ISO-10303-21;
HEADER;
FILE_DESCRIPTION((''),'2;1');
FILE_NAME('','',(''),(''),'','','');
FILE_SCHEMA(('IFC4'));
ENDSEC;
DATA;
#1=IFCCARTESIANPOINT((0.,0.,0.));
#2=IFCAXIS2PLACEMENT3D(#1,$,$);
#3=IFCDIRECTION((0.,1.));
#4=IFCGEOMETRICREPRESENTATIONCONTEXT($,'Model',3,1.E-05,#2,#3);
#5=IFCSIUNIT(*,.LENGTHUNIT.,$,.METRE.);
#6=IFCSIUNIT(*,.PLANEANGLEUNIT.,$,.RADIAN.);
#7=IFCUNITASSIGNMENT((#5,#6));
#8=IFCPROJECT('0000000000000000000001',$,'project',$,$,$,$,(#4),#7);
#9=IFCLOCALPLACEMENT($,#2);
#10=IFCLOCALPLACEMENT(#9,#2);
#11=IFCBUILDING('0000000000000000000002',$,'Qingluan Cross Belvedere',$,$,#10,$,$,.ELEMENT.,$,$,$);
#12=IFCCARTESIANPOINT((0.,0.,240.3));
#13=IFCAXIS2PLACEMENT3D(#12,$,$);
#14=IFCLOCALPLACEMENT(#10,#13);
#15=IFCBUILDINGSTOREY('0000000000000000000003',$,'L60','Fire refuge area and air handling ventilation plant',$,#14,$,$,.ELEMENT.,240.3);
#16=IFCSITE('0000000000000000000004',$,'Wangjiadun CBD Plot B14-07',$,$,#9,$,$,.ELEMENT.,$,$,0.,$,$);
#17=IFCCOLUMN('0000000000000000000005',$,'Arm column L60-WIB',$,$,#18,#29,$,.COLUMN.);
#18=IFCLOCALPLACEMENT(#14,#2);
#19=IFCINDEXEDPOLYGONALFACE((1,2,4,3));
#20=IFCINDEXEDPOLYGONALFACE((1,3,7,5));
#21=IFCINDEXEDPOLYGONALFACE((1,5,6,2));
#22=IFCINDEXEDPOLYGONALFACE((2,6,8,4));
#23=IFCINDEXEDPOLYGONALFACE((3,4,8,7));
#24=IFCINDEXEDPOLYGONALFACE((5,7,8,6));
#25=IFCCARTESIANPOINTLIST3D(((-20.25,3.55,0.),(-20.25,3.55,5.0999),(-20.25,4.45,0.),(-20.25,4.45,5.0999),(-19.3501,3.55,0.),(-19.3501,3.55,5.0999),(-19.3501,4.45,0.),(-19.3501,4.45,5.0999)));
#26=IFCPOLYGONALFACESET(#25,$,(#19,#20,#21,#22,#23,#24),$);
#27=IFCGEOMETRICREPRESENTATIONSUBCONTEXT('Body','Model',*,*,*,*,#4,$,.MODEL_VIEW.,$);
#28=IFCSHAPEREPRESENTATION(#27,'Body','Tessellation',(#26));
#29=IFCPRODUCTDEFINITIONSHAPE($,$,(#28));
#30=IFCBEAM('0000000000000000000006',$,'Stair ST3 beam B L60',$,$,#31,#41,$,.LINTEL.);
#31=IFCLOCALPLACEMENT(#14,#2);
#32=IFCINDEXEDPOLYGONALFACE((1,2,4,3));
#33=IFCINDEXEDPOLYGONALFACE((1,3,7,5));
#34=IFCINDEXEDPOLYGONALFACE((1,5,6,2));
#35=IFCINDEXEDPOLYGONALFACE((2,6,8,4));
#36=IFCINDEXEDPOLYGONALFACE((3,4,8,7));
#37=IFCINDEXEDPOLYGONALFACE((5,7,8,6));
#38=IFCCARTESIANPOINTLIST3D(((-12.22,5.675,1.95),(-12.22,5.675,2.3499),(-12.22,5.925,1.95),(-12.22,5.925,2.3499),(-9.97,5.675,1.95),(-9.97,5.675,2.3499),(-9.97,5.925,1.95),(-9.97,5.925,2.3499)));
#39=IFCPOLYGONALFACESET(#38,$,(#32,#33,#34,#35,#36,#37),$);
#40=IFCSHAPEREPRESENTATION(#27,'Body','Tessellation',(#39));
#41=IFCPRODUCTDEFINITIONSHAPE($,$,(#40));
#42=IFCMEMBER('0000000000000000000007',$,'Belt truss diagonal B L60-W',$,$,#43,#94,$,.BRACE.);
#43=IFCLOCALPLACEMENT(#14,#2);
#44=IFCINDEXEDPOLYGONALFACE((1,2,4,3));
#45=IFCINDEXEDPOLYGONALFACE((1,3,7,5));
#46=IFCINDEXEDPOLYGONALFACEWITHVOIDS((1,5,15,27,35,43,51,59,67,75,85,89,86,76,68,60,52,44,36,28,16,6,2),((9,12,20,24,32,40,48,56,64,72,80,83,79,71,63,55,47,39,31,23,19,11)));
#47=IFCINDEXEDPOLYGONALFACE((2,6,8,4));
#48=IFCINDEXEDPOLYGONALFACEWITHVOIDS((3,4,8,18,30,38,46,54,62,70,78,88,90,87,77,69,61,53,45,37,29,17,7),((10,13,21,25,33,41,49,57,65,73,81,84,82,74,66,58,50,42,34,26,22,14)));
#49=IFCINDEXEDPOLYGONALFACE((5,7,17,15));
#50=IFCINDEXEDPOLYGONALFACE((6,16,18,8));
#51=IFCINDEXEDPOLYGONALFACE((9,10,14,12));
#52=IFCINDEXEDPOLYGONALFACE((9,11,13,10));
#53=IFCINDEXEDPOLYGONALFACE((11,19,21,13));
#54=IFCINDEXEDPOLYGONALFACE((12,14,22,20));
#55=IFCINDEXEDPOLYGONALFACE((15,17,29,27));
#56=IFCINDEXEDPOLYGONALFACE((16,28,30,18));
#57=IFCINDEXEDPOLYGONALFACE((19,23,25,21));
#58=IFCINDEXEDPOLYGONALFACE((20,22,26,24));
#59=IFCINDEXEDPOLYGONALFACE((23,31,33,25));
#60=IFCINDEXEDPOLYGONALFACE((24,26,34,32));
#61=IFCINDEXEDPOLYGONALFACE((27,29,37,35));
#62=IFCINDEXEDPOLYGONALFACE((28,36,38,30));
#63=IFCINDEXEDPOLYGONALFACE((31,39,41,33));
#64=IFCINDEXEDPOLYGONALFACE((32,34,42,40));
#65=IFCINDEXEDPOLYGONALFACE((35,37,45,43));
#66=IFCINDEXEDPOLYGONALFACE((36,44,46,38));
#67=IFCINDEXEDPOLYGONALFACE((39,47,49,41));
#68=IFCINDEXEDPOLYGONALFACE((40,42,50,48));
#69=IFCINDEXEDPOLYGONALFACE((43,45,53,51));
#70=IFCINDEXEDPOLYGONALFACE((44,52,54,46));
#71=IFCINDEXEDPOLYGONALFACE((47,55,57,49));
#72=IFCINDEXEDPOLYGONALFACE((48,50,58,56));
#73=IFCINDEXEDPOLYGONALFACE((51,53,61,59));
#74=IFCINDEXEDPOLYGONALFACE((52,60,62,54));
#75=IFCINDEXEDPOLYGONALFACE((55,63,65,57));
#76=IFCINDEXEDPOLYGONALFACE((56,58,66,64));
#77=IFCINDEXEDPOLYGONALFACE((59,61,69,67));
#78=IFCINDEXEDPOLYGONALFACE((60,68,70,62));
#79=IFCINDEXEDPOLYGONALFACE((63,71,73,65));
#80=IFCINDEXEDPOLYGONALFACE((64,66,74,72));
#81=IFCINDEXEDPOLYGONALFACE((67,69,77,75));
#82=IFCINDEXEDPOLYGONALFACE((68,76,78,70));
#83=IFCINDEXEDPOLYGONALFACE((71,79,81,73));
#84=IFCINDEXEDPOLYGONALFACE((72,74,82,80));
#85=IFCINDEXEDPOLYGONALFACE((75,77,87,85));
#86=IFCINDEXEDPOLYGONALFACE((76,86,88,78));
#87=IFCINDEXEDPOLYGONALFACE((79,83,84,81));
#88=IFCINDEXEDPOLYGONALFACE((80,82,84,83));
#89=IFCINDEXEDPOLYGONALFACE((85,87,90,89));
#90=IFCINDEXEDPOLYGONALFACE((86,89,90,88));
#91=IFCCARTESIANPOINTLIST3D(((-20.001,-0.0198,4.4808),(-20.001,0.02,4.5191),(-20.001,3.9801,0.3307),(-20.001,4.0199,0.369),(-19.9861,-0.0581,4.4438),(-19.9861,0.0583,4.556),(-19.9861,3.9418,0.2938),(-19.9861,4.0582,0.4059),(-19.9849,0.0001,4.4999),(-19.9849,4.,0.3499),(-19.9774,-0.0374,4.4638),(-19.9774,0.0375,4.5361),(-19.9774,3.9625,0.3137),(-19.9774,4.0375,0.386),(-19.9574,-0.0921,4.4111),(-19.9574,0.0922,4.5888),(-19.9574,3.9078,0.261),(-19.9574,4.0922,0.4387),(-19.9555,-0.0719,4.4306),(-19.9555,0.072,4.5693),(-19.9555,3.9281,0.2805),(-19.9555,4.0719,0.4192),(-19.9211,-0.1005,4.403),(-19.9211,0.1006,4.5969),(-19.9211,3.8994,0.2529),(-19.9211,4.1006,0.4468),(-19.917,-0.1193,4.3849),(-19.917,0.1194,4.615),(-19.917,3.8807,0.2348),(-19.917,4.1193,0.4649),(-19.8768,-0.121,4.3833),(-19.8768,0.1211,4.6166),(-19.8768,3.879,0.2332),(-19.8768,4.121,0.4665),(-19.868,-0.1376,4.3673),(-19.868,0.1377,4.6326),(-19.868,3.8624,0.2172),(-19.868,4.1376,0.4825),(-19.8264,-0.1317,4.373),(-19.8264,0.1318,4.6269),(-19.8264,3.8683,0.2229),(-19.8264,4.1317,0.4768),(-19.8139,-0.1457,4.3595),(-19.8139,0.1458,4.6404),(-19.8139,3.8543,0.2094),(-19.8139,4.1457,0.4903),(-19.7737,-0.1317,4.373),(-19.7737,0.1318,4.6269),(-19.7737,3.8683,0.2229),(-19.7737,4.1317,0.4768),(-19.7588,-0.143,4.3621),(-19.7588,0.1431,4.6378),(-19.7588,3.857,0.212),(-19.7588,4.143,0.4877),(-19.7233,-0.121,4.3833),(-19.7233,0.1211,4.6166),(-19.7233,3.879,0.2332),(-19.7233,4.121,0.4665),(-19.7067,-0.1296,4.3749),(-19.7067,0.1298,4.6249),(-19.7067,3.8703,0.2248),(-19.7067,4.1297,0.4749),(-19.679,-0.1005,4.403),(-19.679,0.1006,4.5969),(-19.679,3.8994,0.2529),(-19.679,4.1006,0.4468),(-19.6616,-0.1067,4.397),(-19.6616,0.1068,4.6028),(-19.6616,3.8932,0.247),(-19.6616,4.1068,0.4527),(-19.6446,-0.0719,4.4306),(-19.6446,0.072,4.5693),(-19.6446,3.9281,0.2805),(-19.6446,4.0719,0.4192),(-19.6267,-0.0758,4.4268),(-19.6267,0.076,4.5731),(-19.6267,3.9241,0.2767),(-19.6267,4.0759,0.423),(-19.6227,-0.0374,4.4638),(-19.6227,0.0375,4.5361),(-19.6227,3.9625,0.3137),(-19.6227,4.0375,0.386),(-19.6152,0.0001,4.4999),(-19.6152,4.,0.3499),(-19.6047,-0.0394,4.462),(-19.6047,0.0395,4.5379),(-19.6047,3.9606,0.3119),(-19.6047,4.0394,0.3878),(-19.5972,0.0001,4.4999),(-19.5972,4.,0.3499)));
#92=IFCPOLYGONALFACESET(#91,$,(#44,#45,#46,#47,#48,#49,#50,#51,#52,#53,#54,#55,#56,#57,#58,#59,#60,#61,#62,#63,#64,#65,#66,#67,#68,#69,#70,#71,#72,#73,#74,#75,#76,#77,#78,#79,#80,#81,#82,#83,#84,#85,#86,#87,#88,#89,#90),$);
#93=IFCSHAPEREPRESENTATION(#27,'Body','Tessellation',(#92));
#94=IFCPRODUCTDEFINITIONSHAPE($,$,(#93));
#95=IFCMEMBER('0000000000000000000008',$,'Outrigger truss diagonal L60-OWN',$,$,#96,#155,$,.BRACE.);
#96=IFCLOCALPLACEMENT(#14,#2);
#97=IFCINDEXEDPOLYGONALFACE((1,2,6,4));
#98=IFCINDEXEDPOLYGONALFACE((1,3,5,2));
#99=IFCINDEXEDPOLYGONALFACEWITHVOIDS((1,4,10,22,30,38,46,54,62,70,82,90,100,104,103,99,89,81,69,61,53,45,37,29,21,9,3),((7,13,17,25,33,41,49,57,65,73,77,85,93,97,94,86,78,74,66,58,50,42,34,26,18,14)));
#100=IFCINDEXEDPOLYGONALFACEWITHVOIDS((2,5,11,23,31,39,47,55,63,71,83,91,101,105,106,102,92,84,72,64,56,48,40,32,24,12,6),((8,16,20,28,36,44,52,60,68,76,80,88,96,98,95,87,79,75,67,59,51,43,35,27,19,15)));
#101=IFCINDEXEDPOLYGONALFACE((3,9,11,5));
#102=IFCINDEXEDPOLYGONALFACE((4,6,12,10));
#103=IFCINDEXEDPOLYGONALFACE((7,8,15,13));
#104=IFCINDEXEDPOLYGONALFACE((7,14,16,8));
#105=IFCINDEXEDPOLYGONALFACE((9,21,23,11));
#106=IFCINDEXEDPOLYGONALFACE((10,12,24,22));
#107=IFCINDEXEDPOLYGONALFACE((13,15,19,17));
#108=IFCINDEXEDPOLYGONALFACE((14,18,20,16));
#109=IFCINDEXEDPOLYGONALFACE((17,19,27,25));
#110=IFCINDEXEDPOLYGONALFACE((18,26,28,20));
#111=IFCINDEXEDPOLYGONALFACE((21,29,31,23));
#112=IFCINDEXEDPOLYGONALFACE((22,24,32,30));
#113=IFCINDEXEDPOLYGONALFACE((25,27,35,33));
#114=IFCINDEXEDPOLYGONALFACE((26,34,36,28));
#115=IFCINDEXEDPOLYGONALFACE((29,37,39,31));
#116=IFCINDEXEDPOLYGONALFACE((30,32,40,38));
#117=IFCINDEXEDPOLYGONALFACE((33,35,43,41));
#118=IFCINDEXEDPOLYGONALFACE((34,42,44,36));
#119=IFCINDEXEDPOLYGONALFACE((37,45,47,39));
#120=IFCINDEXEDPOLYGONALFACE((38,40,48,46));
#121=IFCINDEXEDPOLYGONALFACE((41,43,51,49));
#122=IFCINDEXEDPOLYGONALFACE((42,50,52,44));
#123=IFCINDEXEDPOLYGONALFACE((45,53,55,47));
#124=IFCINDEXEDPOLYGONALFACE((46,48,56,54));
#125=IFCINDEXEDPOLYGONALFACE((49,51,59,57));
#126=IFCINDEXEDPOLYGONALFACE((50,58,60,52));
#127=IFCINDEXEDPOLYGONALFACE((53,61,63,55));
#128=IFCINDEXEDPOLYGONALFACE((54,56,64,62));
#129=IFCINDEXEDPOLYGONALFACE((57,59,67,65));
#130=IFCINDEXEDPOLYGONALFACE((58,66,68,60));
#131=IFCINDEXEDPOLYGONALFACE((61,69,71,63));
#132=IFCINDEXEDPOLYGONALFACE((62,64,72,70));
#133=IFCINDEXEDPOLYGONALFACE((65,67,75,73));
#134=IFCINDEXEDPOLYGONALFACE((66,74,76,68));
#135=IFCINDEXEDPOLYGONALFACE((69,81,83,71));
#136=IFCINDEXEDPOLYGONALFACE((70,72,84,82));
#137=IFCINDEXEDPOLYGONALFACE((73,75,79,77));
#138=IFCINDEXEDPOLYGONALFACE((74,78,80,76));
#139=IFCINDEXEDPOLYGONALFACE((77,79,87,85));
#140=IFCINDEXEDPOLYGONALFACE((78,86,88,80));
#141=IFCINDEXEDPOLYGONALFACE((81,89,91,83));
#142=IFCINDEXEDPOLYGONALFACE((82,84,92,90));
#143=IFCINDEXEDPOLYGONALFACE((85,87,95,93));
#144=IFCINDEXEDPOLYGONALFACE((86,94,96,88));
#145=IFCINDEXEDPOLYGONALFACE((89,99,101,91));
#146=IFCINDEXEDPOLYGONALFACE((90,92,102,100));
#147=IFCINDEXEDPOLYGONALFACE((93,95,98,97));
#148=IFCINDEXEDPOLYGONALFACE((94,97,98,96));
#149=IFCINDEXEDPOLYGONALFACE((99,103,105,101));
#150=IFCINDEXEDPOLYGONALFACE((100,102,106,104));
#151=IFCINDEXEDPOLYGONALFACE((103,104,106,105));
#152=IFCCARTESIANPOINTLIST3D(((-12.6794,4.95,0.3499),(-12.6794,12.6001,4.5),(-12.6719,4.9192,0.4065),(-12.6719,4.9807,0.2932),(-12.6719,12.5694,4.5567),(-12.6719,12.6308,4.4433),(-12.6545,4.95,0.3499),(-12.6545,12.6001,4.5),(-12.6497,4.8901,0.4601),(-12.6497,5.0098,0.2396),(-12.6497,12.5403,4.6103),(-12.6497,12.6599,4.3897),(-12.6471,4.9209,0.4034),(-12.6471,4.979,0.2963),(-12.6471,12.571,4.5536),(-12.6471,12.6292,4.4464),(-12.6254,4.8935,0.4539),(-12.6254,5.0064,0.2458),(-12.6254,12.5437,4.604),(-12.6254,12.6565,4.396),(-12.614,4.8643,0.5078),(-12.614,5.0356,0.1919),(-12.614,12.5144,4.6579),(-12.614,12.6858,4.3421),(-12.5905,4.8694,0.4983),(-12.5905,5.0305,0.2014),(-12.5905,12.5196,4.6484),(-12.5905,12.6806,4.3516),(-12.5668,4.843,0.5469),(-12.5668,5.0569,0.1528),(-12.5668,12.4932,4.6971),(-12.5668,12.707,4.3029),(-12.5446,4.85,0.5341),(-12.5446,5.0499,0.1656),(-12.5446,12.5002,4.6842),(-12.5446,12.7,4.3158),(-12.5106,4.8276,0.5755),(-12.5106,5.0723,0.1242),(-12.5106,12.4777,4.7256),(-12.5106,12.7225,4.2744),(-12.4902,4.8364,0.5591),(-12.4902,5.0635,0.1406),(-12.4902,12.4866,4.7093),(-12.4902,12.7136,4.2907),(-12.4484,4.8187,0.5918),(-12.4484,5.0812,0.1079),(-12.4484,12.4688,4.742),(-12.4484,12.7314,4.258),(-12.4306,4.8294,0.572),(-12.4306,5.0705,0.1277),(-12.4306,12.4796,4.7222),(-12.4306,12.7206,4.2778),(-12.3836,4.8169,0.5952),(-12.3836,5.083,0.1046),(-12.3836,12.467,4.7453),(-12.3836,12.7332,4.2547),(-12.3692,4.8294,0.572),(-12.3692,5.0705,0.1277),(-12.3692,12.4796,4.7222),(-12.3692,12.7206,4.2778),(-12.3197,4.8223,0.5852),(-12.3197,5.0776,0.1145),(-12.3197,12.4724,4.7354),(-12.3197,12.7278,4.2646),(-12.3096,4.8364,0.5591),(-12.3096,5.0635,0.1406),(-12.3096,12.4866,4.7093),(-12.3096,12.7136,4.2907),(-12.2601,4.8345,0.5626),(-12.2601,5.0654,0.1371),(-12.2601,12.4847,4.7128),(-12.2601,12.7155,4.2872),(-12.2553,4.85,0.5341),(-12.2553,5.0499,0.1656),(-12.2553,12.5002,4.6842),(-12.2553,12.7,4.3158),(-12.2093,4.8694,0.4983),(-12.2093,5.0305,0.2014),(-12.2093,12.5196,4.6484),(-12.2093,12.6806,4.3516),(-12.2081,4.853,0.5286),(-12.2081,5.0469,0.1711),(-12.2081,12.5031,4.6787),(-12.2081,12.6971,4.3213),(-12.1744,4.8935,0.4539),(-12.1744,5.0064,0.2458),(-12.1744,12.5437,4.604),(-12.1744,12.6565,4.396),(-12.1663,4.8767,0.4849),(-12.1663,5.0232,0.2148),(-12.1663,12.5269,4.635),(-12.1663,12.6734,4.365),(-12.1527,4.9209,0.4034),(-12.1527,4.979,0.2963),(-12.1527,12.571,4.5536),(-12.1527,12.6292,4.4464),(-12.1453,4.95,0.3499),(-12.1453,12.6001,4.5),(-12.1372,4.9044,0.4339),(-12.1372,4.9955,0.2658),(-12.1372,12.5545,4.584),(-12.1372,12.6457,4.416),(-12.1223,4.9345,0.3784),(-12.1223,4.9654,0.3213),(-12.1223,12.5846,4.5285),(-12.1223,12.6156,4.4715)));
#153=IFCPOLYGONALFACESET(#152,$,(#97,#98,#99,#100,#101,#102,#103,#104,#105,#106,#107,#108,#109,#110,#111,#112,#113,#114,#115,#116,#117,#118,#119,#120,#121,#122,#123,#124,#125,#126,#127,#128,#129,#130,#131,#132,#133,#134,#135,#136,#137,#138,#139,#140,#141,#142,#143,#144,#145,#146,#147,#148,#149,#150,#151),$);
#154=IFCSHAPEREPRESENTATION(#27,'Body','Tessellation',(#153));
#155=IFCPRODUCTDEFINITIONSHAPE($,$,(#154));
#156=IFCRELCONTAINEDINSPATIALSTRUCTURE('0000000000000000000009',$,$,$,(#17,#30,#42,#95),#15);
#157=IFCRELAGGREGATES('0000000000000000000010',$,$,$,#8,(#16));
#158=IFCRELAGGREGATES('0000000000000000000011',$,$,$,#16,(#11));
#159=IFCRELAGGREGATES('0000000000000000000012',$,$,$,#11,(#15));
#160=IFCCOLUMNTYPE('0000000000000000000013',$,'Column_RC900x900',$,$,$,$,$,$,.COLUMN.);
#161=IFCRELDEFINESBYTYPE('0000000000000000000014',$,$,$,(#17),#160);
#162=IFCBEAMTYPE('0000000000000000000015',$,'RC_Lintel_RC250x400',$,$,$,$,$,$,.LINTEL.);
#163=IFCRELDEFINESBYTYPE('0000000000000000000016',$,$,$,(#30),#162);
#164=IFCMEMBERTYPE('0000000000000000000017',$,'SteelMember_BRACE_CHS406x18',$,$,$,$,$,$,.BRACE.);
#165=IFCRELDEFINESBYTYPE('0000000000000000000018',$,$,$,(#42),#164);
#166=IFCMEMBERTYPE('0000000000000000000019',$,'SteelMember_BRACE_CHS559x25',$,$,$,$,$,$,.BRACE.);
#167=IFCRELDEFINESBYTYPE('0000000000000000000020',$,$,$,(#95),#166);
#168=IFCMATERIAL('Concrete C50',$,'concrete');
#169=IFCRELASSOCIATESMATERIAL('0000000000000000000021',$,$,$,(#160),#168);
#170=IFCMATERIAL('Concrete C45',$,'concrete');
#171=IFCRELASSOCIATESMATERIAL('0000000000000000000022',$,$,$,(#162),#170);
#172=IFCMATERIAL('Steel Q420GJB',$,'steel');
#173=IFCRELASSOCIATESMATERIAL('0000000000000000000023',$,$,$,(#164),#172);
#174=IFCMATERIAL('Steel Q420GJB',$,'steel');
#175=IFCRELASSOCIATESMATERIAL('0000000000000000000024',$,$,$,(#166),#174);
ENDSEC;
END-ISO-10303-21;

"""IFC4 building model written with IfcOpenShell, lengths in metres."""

from ifc_helpers import new_model, si_unit, direction, frame, origin, origin_2d, place, context, subcontext, project, spatial, rectangle, hollow_circle, extrude, material, material_profile, profile_set, type_object, element, save


model = new_model("IFC4")

# Units and contexts
model_context = context("Model", 3, precision=1e-05, world=origin(), true_north=direction((0.0, 1.0)))
body_context = subcontext(model_context, "Body", "Model", "MODEL_VIEW")
ifc_project = project(units=[si_unit("LENGTHUNIT", "METRE"), si_unit("PLANEANGLEUNIT", "RADIAN")], contexts=[model_context])

# Site, building, storey
site_placement = place(None, origin())
site = spatial("IfcSite", under=ifc_project, at=site_placement, Name="Wangjiadun CBD Plot B14-07", CompositionType="ELEMENT", RefElevation=0.0)
building_placement = place(site_placement, origin())
building = spatial("IfcBuilding", under=site, at=building_placement, Name="Qingluan Cross Belvedere", CompositionType="ELEMENT")
storey_placement = place(building_placement, frame((0.0, 0.0, 240.3)))
storey = spatial("IfcBuildingStorey", under=building, at=storey_placement, Name="L60", Description="Fire refuge area and air handling ventilation plant", CompositionType="ELEMENT", Elevation=240.3)

# Column
ifc_material_1 = material(Name="Concrete C50", Category="concrete")
ifc_material_profile_1 = material_profile(ifc_material_1, rectangle(XDim=0.8999, YDim=0.8999, at=origin_2d()), Name="RC900x900")
ifc_profile_set_1 = profile_set([ifc_material_profile_1], Name="Concrete C50")
column_type = type_object("IfcColumnType", Name="Column_RC900x900", PredefinedType="COLUMN", material=ifc_profile_set_1)
column_placement = place(storey_placement, frame((-19.8, 4.0, 0.0), z_axis=(0.0, 0.0, 1.0), x_axis=(1.0, 0.0, 0.0)))
element("IfcColumn", 1, at=column_placement, inside=storey, type_object=column_type, Name="Arm column L60-WIB", PredefinedType="COLUMN", context=body_context, shape_type="SweptSolid", body=[
    extrude(rectangle(XDim=0.8999, YDim=0.8999, at=origin_2d()), origin(), (0.0, 0.0, 1.0), 5.0999),
])

# Beam
ifc_material_2 = material(Name="Concrete C45", Category="concrete")
ifc_material_profile_2 = material_profile(ifc_material_2, rectangle(XDim=0.25, YDim=0.3999, at=origin_2d()), Name="RC250x400")
ifc_profile_set_2 = profile_set([ifc_material_profile_2], Name="Concrete C45")
beam_type_1 = type_object("IfcBeamType", Name="RC_Lintel_RC250x400", PredefinedType="LINTEL", material=ifc_profile_set_2)
beam_1_placement = place(storey_placement, frame((-12.22, 5.8, 2.1499), z_axis=(1.0, 0.0, 0.0), x_axis=(0.0, 1.0, 0.0)))
element("IfcBeam", 2, at=beam_1_placement, inside=storey, type_object=beam_type_1, Name="Stair ST3 beam B L60", PredefinedType="LINTEL", context=body_context, shape_type="SweptSolid", body=[
    extrude(rectangle(XDim=0.25, YDim=0.3999, at=origin_2d()), origin(), (0.0, 0.0, 1.0), 2.25),
])

# Members
ifc_material_3 = material(Name="Steel Q420GJB", Category="steel")
ifc_material_profile_3 = material_profile(ifc_material_3, hollow_circle(Radius=0.2029, WallThickness=0.0181, at=origin_2d()), Name="CHS406x18")
ifc_profile_set_3 = profile_set([ifc_material_profile_3], Name="Steel Q420GJB")
member_type_1 = type_object("IfcMemberType", Name="SteelMember_BRACE_CHS406x18", PredefinedType="BRACE", material=ifc_profile_set_3)
member_1_placement = place(storey_placement, frame((-19.8, 4.0, 0.3499), z_axis=(0.0, -0.693962, 0.720011), x_axis=(1.0, 0.0, 0.0)))
element("IfcMember", 3, at=member_1_placement, inside=storey, type_object=member_type_1, Name="Belt truss diagonal B L60-W", PredefinedType="BRACE", context=body_context, shape_type="SweptSolid", body=[
    extrude(hollow_circle(Radius=0.2029, WallThickness=0.0181, at=origin_2d()), origin(), (0.0, 0.0, 1.0), 5.7639),
])
ifc_material_4 = material(Name="Steel Q420GJB", Category="steel")
ifc_material_profile_4 = material_profile(ifc_material_4, hollow_circle(Radius=0.2795, WallThickness=0.0249, at=origin_2d()), Name="CHS559x25")
ifc_profile_set_4 = profile_set([ifc_material_profile_4], Name="Steel Q420GJB")
member_type_2 = type_object("IfcMemberType", Name="SteelMember_BRACE_CHS559x25", PredefinedType="BRACE", material=ifc_profile_set_4)
member_2_placement = place(storey_placement, frame((-12.3999, 4.95, 0.3499), z_axis=(0.0, 0.878988, 0.476844), x_axis=(-1.0, 0.0, 0.0)))
element("IfcMember", 4, at=member_2_placement, inside=storey, type_object=member_type_2, Name="Outrigger truss diagonal L60-OWN", PredefinedType="BRACE", context=body_context, shape_type="SweptSolid", body=[
    extrude(hollow_circle(Radius=0.2795, WallThickness=0.0249, at=origin_2d()), origin(), (0.0, 0.0, 1.0), 8.7034),
])

save(model, "model.ifc")
